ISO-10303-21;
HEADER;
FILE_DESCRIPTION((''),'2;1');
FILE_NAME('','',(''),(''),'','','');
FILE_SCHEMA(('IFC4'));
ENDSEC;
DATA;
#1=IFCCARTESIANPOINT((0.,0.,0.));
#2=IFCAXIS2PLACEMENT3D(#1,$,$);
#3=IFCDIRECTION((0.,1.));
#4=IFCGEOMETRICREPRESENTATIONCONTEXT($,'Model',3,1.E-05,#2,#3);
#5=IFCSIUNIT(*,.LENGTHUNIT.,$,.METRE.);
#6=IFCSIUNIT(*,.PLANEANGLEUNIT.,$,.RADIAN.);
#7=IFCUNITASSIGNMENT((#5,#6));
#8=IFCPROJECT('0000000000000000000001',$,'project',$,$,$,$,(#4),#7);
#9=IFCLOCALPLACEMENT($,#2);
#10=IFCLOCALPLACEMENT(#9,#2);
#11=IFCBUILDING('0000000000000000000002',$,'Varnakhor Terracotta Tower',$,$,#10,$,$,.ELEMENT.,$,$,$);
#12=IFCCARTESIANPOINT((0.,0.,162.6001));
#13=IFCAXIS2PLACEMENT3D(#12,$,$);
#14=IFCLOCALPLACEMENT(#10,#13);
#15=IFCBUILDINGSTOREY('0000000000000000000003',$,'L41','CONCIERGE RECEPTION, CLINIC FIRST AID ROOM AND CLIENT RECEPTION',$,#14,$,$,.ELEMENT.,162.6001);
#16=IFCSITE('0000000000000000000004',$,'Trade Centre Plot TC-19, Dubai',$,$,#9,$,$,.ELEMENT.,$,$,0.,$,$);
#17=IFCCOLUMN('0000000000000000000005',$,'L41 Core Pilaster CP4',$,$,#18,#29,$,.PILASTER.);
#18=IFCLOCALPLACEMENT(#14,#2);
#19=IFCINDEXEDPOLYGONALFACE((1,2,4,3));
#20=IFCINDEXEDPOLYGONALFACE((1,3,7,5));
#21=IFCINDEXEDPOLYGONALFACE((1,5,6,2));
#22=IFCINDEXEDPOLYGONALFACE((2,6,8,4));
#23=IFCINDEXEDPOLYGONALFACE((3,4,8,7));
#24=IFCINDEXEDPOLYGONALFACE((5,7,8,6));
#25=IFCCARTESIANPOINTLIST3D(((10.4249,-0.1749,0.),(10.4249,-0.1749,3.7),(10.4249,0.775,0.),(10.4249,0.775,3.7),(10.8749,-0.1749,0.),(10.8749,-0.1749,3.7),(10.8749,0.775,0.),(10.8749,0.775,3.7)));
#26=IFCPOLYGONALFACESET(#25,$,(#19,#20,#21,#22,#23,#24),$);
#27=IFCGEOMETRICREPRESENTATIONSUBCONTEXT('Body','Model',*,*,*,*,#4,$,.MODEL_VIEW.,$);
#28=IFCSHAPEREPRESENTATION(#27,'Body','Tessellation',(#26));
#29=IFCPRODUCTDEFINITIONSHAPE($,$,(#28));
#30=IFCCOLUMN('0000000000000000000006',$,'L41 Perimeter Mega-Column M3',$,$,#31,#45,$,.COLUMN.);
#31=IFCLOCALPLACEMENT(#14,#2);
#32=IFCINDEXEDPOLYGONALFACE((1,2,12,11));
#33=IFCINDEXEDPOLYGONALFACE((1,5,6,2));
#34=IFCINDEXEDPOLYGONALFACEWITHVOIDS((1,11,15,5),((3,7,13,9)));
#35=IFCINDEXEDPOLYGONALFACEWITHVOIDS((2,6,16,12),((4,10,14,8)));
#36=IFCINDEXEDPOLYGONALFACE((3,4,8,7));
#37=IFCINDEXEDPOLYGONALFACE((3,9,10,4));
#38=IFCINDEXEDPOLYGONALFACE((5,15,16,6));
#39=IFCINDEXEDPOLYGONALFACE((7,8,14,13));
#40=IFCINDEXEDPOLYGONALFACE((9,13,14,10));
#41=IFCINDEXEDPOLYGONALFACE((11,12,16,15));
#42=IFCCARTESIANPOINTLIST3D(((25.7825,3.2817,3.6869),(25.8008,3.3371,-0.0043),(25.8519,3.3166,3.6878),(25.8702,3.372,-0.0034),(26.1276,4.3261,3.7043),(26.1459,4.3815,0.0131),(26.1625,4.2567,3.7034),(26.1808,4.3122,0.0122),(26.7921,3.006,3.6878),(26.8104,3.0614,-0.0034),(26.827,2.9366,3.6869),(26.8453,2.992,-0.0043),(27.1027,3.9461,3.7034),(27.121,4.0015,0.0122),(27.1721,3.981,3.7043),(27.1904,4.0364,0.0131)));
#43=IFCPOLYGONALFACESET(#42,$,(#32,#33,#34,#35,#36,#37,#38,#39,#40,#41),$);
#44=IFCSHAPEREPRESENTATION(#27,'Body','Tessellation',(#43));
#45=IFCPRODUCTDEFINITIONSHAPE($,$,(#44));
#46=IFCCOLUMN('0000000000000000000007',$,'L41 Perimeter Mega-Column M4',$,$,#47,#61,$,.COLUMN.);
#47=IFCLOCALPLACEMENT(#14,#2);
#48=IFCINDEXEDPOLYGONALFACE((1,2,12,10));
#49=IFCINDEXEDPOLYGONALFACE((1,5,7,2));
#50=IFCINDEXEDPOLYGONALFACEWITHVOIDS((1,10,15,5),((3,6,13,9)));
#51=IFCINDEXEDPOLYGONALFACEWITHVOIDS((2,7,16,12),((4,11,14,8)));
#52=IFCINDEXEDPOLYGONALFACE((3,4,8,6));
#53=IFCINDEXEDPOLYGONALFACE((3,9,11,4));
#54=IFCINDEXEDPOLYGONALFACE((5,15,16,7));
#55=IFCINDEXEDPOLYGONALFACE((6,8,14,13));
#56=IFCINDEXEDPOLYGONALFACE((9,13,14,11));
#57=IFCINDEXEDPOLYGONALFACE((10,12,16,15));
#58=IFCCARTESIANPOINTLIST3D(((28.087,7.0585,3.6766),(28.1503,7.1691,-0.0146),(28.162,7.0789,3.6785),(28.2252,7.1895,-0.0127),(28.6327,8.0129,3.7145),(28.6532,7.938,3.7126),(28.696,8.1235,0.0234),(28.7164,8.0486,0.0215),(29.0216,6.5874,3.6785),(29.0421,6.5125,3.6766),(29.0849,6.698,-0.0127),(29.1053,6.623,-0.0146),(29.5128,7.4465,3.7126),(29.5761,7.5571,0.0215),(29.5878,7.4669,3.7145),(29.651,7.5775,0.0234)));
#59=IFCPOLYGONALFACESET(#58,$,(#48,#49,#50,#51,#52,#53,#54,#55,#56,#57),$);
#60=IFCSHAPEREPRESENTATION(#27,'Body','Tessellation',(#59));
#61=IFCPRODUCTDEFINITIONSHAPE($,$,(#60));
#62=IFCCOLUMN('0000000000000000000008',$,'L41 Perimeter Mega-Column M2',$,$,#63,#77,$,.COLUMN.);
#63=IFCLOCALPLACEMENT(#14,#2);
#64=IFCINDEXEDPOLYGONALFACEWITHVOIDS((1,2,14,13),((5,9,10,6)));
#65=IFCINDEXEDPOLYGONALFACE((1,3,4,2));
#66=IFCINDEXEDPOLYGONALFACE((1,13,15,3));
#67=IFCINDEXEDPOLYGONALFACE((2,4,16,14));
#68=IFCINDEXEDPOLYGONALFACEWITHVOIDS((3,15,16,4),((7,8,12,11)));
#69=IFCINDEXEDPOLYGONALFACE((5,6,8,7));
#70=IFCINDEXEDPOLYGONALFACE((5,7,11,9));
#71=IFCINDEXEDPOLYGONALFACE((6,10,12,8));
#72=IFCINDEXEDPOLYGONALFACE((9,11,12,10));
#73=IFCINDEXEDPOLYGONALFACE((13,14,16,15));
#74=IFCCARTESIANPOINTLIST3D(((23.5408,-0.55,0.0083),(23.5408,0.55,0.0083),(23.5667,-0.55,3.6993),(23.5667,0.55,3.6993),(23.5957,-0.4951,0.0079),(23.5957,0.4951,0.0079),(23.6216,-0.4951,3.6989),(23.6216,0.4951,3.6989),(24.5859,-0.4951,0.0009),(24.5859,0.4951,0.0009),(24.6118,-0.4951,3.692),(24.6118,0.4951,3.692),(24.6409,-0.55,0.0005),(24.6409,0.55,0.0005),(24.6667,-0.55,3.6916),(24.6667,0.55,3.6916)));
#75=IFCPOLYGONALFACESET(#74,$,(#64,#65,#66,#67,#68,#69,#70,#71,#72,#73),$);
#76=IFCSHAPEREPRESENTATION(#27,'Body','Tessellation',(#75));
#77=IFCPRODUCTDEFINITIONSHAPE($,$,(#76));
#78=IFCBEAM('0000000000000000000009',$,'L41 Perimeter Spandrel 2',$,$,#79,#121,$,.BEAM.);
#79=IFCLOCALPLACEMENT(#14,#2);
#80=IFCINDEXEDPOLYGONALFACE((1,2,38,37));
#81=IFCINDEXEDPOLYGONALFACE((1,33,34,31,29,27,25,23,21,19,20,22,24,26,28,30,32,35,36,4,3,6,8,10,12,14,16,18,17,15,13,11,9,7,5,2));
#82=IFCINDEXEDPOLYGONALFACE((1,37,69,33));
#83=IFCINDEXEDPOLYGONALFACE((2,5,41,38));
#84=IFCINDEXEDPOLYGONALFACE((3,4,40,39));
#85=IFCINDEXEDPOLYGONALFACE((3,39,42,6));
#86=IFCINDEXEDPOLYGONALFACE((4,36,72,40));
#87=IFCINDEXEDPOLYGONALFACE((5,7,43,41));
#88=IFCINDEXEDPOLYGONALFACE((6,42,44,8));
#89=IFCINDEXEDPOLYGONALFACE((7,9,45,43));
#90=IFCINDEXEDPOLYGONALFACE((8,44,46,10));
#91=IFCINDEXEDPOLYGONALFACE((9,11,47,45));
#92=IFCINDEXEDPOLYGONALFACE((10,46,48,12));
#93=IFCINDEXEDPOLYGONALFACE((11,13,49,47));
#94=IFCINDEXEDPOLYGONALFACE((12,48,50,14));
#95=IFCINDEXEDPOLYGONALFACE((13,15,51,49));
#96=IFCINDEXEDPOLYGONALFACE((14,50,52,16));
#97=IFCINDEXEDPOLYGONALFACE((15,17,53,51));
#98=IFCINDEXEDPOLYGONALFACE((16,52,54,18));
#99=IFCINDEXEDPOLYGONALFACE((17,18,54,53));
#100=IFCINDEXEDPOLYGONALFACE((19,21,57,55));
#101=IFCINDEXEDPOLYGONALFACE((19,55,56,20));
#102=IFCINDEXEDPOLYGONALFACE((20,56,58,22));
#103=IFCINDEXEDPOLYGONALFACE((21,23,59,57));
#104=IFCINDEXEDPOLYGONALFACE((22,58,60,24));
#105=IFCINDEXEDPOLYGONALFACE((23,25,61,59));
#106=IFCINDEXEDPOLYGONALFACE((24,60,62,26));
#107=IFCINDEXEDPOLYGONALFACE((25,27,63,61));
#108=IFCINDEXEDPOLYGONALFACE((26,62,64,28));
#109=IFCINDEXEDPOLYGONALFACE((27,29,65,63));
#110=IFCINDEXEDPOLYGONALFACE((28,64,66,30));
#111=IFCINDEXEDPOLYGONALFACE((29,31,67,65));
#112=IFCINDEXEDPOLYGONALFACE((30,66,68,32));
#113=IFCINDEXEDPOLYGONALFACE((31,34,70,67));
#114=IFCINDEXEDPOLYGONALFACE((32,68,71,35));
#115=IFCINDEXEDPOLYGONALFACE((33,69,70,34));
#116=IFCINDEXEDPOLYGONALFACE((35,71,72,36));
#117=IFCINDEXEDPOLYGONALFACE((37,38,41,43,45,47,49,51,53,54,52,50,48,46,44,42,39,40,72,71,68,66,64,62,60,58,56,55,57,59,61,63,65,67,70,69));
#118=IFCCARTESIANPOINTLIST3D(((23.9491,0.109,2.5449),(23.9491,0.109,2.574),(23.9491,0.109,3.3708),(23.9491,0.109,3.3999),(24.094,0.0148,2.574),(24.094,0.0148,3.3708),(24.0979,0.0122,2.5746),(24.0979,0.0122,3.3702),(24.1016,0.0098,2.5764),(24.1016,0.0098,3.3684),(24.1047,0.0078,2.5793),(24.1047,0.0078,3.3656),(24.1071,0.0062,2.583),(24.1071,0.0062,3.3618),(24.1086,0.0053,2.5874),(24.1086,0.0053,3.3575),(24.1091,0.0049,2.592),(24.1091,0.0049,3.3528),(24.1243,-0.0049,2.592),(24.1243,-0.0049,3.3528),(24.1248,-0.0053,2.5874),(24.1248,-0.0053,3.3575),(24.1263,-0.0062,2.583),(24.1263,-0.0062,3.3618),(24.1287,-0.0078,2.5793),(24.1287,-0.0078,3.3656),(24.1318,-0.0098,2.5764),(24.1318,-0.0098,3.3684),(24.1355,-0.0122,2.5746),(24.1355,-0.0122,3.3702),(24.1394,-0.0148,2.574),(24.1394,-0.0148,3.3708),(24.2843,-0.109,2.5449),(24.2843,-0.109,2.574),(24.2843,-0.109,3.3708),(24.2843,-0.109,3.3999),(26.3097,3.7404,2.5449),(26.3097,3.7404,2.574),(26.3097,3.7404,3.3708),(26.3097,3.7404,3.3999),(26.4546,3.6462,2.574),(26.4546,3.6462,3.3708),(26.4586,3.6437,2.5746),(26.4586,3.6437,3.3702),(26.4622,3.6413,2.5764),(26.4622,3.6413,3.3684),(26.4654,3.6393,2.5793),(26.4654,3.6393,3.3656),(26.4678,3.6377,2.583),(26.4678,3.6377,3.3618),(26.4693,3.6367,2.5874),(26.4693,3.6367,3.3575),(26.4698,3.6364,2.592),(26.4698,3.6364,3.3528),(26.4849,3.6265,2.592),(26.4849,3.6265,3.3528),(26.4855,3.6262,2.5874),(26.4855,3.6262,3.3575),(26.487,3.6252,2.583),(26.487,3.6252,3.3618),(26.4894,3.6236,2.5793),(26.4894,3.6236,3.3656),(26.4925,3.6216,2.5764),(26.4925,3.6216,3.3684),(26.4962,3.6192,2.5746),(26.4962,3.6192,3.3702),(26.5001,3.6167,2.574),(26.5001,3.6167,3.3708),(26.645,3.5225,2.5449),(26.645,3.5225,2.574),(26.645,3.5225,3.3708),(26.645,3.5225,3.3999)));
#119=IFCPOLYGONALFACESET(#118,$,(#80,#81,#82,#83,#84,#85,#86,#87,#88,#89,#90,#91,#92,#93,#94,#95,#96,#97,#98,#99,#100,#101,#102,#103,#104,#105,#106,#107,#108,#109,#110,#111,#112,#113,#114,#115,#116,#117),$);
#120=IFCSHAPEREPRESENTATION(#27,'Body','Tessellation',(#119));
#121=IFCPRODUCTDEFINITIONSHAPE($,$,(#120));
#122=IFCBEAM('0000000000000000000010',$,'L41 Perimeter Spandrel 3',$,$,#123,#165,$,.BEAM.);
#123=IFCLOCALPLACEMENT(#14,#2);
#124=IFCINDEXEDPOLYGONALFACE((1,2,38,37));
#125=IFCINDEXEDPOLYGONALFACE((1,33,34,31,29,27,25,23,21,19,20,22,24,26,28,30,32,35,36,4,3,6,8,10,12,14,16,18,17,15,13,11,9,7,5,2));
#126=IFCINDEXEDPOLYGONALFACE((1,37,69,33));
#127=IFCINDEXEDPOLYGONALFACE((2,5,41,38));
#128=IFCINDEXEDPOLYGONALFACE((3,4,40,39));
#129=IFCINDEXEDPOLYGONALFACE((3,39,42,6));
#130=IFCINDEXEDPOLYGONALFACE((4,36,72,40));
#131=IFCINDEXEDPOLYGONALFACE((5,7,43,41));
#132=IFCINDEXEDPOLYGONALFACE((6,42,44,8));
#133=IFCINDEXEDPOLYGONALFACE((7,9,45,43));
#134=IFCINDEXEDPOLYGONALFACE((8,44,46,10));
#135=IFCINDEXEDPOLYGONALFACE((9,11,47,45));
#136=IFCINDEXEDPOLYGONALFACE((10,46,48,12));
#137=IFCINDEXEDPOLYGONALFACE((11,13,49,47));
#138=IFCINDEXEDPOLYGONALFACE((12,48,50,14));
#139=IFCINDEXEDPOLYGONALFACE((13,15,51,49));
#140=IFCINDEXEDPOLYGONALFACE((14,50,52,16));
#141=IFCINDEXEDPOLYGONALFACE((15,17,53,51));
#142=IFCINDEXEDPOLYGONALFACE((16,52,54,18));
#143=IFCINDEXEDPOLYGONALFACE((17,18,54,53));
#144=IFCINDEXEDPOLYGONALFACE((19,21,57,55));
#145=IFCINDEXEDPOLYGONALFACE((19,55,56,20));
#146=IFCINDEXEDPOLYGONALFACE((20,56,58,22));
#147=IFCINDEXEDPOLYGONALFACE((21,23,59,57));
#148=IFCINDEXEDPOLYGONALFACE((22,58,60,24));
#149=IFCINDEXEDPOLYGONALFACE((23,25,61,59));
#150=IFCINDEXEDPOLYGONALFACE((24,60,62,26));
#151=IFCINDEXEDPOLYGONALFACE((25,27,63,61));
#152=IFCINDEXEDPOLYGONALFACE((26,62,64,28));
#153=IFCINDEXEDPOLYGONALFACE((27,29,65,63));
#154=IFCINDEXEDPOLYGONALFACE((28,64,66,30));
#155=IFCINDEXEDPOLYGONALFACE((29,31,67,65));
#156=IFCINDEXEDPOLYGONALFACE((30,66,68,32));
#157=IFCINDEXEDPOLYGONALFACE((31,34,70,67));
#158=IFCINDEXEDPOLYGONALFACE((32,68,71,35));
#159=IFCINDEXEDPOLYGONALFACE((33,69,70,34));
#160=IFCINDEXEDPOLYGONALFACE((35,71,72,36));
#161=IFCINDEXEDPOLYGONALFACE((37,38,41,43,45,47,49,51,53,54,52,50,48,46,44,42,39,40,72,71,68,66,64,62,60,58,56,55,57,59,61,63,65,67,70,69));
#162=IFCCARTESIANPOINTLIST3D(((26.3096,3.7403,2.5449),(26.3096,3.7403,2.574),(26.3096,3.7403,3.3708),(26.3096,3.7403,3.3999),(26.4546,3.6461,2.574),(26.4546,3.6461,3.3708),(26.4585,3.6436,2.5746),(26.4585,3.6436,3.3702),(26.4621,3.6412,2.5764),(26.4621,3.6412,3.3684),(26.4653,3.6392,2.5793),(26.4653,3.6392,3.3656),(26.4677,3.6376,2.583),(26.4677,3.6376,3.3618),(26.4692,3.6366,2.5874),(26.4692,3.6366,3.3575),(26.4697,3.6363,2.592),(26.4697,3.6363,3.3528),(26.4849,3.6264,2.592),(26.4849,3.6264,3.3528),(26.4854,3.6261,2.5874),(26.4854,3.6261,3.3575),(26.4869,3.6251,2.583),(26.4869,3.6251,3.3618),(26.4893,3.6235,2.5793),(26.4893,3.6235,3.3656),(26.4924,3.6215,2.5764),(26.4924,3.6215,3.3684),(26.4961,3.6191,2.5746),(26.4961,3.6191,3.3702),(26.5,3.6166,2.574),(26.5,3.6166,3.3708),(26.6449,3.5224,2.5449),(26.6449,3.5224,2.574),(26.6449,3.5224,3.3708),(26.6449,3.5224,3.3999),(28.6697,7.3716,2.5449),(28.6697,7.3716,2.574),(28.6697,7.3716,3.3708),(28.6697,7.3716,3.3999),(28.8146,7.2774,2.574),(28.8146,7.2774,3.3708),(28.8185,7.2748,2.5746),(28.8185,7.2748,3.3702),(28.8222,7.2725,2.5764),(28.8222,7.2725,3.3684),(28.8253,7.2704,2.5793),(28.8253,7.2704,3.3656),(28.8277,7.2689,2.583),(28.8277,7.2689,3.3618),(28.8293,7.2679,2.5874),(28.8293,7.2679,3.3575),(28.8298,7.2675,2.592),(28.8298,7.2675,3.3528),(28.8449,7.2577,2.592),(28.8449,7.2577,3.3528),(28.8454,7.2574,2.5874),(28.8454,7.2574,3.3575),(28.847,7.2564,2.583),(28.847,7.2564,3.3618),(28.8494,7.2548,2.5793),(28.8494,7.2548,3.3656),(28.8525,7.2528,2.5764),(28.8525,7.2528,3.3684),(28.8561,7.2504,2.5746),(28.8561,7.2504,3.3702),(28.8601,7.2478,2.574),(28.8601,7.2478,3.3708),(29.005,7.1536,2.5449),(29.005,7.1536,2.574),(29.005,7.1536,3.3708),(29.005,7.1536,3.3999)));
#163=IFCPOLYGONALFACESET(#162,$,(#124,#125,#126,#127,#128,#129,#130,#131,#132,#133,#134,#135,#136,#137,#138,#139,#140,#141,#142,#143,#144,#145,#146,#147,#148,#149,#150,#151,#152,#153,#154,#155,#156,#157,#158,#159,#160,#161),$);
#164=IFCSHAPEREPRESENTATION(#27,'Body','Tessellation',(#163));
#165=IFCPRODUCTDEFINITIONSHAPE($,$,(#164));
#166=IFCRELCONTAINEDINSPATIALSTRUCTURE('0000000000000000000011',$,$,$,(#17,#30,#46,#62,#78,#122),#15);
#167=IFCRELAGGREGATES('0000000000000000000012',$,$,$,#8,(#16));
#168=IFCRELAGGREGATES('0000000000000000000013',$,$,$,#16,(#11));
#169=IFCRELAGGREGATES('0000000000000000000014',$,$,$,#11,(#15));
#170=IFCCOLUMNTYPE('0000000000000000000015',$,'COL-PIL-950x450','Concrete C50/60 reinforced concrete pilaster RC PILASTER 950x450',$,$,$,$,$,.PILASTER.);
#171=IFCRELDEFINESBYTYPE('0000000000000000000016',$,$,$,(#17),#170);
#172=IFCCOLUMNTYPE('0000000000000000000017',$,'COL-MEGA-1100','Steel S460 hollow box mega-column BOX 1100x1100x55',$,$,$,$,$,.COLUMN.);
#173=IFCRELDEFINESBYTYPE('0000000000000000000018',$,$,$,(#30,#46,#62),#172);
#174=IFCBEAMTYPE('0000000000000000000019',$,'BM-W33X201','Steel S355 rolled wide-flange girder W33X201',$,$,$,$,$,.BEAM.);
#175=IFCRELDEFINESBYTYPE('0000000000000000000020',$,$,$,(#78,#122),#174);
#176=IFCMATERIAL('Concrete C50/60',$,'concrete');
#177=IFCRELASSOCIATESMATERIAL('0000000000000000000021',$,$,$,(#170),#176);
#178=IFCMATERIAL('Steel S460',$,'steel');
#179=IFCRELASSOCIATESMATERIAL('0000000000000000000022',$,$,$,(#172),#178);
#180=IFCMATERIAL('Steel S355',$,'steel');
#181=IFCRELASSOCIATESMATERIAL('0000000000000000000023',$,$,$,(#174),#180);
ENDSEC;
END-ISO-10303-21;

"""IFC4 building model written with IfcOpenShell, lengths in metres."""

from ifc_helpers import new_model, si_unit, direction, frame, origin, origin_2d, place, context, subcontext, project, spatial, rectangle, hollow_rectangle, i_section, extrude, source, transform, mapped, material, material_profile, profile_set, type_object, element, save


model = new_model("IFC4")

# Units and contexts
model_context = context("Model", 3, precision=1e-05, world=origin(), true_north=direction((0.0, 1.0)))
body_context = subcontext(model_context, "Body", "Model", "MODEL_VIEW")
ifc_project = project(units=[si_unit("LENGTHUNIT", "METRE"), si_unit("PLANEANGLEUNIT", "RADIAN")], contexts=[model_context])

# Site, building, storey
site_placement = place(None, origin())
site = spatial("IfcSite", under=ifc_project, at=site_placement, Name="Trade Centre Plot TC-19, Dubai", CompositionType="ELEMENT", RefElevation=0.0)
building_placement = place(site_placement, origin())
building = spatial("IfcBuilding", under=site, at=building_placement, Name="Varnakhor Terracotta Tower", CompositionType="ELEMENT")
storey_placement = place(building_placement, frame((0.0, 0.0, 162.6001)))
storey = spatial("IfcBuildingStorey", under=building, at=storey_placement, Name="L41", Description="CONCIERGE RECEPTION, CLINIC FIRST AID ROOM AND CLIENT RECEPTION", CompositionType="ELEMENT", Elevation=162.6001)

# Columns
ifc_material_1 = material(Name="Concrete C50/60", Category="concrete")
ifc_material_profile_1 = material_profile(ifc_material_1, rectangle(XDim=0.45, YDim=0.95, at=origin_2d()), Name="RC PILASTER 950x450")
ifc_profile_set_1 = profile_set([ifc_material_profile_1], Name="Concrete C50/60")
column_type_1 = type_object("IfcColumnType", Name="COL-PIL-950x450", Description="Concrete C50/60 reinforced concrete pilaster RC PILASTER 950x450", PredefinedType="PILASTER", material=ifc_profile_set_1)
shared_shape_1 = source(origin(), body_context, "Body", "SweptSolid", [
    extrude(rectangle(XDim=0.45, YDim=0.95, at=origin_2d()), origin(), (0.0, 0.0, 1.0), 3.7),
])
column_1_placement = place(storey_placement, frame((10.6499, 0.3, 0.0), z_axis=(0.0, 0.0, 1.0), x_axis=(1.0, 0.0, 0.0)))
element("IfcColumn", 1, at=column_1_placement, inside=storey, type_object=column_type_1, Name="L41 Core Pilaster CP4", PredefinedType="PILASTER", context=body_context, shape_type="MappedRepresentation", body=[
    mapped(shared_shape_1, transform((0.0, 0.0, 0.0), scale=1.0)),
])
ifc_material_2 = material(Name="Steel S460", Category="steel")
ifc_material_profile_2 = material_profile(ifc_material_2, hollow_rectangle(XDim=1.1001, YDim=1.1001, WallThickness=0.0549, at=origin_2d()), Name="BOX 1100x1100x55")
ifc_profile_set_2 = profile_set([ifc_material_profile_2], Name="Steel S460")
column_type_2 = type_object("IfcColumnType", Name="COL-MEGA-1100", Description="Steel S460 hollow box mega-column BOX 1100x1100x55", PredefinedType="COLUMN", material=ifc_profile_set_2)
shared_shape_2 = source(origin(), body_context, "Body", "SweptSolid", [
    extrude(hollow_rectangle(XDim=1.1001, YDim=1.1001, WallThickness=0.0549, at=origin_2d()), origin(), (0.0, 0.0, 1.0), 3.6917),
])
column_2_placement = place(storey_placement, frame((26.4956, 3.6868, 0.0044), z_axis=(-0.00496, -0.015012, 0.999875), x_axis=(0.949517, -0.313717, 0.0)))
element("IfcColumn", 2, at=column_2_placement, inside=storey, type_object=column_type_2, Name="L41 Perimeter Mega-Column M3", PredefinedType="COLUMN", context=body_context, shape_type="MappedRepresentation", body=[
    mapped(shared_shape_2, transform((0.0, 0.0, 0.0), scale=1.0)),
])
shared_shape_3 = source(origin(), body_context, "Body", "SweptSolid", [
    extrude(hollow_rectangle(XDim=1.1001, YDim=1.1001, WallThickness=0.0549, at=origin_2d()), origin(), (0.0, 0.0, 1.0), 3.6934),
])
column_3_placement = place(storey_placement, frame((28.9006, 7.3733, 0.0044), z_axis=(-0.017121, -0.029944, 0.999405), x_axis=(0.868125, -0.496345, 0.0)))
element("IfcColumn", 3, at=column_3_placement, inside=storey, type_object=column_type_2, Name="L41 Perimeter Mega-Column M4", PredefinedType="COLUMN", context=body_context, shape_type="MappedRepresentation", body=[
    mapped(shared_shape_3, transform((0.0, 0.0, 0.0), scale=1.0)),
])
shared_shape_4 = source(origin(), body_context, "Body", "SweptSolid", [
    extrude(hollow_rectangle(XDim=1.1001, YDim=1.1001, WallThickness=0.0549, at=origin_2d()), origin(), (0.0, 0.0, 1.0), 3.6912),
])
column_4_placement = place(storey_placement, frame((24.0908, 0.0, 0.0044), z_axis=(0.007011, 0.0, 0.999975), x_axis=(0.0, 1.0, 0.0)))
element("IfcColumn", 4, at=column_4_placement, inside=storey, type_object=column_type_2, Name="L41 Perimeter Mega-Column M2", PredefinedType="COLUMN", context=body_context, shape_type="MappedRepresentation", body=[
    mapped(shared_shape_4, transform((0.0, 0.0, 0.0), scale=1.0)),
])

# Beams
ifc_material_3 = material(Name="Steel S355", Category="steel")
ifc_material_profile_3 = material_profile(ifc_material_3, i_section(OverallWidth=0.3999, OverallDepth=0.855, WebThickness=0.0181, FlangeThickness=0.0291, FilletRadius=0.0181, at=origin_2d()), Name="W33X201")
ifc_profile_set_3 = profile_set([ifc_material_profile_3], Name="Steel S355")
beam_type_1 = type_object("IfcBeamType", Name="BM-W33X201", Description="Steel S355 rolled wide-flange girder W33X201", PredefinedType="BEAM", material=ifc_profile_set_3)
shared_shape_5 = source(origin(), body_context, "Body", "SweptSolid", [
    extrude(i_section(OverallWidth=0.3999, OverallDepth=0.855, WebThickness=0.0181, FlangeThickness=0.0291, FilletRadius=0.0181, at=origin_2d()), origin(), (0.0, 0.0, 1.0), 4.3313),
])
beam_1_placement = place(storey_placement, frame((24.1167, 0.0, 2.9724), z_axis=(0.545024, 0.83842, 0.0), x_axis=(-0.83842, 0.545024, 0.0)))
element("IfcBeam", 5, at=beam_1_placement, inside=storey, type_object=beam_type_1, Name="L41 Perimeter Spandrel 2", PredefinedType="BEAM", context=body_context, shape_type="MappedRepresentation", body=[
    mapped(shared_shape_5, transform((0.0, 0.0, 0.0), scale=1.0)),
])
shared_shape_6 = source(origin(), body_context, "Body", "SweptSolid", [
    extrude(i_section(OverallWidth=0.3999, OverallDepth=0.855, WebThickness=0.0181, FlangeThickness=0.0291, FilletRadius=0.0181, at=origin_2d()), origin(), (0.0, 0.0, 1.0), 4.3308),
])
beam_2_placement = place(storey_placement, frame((26.4773, 3.6313, 2.9724), z_axis=(0.544945, 0.838472, 0.0), x_axis=(-0.838472, 0.544945, 0.0)))
element("IfcBeam", 6, at=beam_2_placement, inside=storey, type_object=beam_type_1, Name="L41 Perimeter Spandrel 3", PredefinedType="BEAM", context=body_context, shape_type="MappedRepresentation", body=[
    mapped(shared_shape_6, transform((0.0, 0.0, 0.0), scale=1.0)),
])

save(model, "model.ifc")
